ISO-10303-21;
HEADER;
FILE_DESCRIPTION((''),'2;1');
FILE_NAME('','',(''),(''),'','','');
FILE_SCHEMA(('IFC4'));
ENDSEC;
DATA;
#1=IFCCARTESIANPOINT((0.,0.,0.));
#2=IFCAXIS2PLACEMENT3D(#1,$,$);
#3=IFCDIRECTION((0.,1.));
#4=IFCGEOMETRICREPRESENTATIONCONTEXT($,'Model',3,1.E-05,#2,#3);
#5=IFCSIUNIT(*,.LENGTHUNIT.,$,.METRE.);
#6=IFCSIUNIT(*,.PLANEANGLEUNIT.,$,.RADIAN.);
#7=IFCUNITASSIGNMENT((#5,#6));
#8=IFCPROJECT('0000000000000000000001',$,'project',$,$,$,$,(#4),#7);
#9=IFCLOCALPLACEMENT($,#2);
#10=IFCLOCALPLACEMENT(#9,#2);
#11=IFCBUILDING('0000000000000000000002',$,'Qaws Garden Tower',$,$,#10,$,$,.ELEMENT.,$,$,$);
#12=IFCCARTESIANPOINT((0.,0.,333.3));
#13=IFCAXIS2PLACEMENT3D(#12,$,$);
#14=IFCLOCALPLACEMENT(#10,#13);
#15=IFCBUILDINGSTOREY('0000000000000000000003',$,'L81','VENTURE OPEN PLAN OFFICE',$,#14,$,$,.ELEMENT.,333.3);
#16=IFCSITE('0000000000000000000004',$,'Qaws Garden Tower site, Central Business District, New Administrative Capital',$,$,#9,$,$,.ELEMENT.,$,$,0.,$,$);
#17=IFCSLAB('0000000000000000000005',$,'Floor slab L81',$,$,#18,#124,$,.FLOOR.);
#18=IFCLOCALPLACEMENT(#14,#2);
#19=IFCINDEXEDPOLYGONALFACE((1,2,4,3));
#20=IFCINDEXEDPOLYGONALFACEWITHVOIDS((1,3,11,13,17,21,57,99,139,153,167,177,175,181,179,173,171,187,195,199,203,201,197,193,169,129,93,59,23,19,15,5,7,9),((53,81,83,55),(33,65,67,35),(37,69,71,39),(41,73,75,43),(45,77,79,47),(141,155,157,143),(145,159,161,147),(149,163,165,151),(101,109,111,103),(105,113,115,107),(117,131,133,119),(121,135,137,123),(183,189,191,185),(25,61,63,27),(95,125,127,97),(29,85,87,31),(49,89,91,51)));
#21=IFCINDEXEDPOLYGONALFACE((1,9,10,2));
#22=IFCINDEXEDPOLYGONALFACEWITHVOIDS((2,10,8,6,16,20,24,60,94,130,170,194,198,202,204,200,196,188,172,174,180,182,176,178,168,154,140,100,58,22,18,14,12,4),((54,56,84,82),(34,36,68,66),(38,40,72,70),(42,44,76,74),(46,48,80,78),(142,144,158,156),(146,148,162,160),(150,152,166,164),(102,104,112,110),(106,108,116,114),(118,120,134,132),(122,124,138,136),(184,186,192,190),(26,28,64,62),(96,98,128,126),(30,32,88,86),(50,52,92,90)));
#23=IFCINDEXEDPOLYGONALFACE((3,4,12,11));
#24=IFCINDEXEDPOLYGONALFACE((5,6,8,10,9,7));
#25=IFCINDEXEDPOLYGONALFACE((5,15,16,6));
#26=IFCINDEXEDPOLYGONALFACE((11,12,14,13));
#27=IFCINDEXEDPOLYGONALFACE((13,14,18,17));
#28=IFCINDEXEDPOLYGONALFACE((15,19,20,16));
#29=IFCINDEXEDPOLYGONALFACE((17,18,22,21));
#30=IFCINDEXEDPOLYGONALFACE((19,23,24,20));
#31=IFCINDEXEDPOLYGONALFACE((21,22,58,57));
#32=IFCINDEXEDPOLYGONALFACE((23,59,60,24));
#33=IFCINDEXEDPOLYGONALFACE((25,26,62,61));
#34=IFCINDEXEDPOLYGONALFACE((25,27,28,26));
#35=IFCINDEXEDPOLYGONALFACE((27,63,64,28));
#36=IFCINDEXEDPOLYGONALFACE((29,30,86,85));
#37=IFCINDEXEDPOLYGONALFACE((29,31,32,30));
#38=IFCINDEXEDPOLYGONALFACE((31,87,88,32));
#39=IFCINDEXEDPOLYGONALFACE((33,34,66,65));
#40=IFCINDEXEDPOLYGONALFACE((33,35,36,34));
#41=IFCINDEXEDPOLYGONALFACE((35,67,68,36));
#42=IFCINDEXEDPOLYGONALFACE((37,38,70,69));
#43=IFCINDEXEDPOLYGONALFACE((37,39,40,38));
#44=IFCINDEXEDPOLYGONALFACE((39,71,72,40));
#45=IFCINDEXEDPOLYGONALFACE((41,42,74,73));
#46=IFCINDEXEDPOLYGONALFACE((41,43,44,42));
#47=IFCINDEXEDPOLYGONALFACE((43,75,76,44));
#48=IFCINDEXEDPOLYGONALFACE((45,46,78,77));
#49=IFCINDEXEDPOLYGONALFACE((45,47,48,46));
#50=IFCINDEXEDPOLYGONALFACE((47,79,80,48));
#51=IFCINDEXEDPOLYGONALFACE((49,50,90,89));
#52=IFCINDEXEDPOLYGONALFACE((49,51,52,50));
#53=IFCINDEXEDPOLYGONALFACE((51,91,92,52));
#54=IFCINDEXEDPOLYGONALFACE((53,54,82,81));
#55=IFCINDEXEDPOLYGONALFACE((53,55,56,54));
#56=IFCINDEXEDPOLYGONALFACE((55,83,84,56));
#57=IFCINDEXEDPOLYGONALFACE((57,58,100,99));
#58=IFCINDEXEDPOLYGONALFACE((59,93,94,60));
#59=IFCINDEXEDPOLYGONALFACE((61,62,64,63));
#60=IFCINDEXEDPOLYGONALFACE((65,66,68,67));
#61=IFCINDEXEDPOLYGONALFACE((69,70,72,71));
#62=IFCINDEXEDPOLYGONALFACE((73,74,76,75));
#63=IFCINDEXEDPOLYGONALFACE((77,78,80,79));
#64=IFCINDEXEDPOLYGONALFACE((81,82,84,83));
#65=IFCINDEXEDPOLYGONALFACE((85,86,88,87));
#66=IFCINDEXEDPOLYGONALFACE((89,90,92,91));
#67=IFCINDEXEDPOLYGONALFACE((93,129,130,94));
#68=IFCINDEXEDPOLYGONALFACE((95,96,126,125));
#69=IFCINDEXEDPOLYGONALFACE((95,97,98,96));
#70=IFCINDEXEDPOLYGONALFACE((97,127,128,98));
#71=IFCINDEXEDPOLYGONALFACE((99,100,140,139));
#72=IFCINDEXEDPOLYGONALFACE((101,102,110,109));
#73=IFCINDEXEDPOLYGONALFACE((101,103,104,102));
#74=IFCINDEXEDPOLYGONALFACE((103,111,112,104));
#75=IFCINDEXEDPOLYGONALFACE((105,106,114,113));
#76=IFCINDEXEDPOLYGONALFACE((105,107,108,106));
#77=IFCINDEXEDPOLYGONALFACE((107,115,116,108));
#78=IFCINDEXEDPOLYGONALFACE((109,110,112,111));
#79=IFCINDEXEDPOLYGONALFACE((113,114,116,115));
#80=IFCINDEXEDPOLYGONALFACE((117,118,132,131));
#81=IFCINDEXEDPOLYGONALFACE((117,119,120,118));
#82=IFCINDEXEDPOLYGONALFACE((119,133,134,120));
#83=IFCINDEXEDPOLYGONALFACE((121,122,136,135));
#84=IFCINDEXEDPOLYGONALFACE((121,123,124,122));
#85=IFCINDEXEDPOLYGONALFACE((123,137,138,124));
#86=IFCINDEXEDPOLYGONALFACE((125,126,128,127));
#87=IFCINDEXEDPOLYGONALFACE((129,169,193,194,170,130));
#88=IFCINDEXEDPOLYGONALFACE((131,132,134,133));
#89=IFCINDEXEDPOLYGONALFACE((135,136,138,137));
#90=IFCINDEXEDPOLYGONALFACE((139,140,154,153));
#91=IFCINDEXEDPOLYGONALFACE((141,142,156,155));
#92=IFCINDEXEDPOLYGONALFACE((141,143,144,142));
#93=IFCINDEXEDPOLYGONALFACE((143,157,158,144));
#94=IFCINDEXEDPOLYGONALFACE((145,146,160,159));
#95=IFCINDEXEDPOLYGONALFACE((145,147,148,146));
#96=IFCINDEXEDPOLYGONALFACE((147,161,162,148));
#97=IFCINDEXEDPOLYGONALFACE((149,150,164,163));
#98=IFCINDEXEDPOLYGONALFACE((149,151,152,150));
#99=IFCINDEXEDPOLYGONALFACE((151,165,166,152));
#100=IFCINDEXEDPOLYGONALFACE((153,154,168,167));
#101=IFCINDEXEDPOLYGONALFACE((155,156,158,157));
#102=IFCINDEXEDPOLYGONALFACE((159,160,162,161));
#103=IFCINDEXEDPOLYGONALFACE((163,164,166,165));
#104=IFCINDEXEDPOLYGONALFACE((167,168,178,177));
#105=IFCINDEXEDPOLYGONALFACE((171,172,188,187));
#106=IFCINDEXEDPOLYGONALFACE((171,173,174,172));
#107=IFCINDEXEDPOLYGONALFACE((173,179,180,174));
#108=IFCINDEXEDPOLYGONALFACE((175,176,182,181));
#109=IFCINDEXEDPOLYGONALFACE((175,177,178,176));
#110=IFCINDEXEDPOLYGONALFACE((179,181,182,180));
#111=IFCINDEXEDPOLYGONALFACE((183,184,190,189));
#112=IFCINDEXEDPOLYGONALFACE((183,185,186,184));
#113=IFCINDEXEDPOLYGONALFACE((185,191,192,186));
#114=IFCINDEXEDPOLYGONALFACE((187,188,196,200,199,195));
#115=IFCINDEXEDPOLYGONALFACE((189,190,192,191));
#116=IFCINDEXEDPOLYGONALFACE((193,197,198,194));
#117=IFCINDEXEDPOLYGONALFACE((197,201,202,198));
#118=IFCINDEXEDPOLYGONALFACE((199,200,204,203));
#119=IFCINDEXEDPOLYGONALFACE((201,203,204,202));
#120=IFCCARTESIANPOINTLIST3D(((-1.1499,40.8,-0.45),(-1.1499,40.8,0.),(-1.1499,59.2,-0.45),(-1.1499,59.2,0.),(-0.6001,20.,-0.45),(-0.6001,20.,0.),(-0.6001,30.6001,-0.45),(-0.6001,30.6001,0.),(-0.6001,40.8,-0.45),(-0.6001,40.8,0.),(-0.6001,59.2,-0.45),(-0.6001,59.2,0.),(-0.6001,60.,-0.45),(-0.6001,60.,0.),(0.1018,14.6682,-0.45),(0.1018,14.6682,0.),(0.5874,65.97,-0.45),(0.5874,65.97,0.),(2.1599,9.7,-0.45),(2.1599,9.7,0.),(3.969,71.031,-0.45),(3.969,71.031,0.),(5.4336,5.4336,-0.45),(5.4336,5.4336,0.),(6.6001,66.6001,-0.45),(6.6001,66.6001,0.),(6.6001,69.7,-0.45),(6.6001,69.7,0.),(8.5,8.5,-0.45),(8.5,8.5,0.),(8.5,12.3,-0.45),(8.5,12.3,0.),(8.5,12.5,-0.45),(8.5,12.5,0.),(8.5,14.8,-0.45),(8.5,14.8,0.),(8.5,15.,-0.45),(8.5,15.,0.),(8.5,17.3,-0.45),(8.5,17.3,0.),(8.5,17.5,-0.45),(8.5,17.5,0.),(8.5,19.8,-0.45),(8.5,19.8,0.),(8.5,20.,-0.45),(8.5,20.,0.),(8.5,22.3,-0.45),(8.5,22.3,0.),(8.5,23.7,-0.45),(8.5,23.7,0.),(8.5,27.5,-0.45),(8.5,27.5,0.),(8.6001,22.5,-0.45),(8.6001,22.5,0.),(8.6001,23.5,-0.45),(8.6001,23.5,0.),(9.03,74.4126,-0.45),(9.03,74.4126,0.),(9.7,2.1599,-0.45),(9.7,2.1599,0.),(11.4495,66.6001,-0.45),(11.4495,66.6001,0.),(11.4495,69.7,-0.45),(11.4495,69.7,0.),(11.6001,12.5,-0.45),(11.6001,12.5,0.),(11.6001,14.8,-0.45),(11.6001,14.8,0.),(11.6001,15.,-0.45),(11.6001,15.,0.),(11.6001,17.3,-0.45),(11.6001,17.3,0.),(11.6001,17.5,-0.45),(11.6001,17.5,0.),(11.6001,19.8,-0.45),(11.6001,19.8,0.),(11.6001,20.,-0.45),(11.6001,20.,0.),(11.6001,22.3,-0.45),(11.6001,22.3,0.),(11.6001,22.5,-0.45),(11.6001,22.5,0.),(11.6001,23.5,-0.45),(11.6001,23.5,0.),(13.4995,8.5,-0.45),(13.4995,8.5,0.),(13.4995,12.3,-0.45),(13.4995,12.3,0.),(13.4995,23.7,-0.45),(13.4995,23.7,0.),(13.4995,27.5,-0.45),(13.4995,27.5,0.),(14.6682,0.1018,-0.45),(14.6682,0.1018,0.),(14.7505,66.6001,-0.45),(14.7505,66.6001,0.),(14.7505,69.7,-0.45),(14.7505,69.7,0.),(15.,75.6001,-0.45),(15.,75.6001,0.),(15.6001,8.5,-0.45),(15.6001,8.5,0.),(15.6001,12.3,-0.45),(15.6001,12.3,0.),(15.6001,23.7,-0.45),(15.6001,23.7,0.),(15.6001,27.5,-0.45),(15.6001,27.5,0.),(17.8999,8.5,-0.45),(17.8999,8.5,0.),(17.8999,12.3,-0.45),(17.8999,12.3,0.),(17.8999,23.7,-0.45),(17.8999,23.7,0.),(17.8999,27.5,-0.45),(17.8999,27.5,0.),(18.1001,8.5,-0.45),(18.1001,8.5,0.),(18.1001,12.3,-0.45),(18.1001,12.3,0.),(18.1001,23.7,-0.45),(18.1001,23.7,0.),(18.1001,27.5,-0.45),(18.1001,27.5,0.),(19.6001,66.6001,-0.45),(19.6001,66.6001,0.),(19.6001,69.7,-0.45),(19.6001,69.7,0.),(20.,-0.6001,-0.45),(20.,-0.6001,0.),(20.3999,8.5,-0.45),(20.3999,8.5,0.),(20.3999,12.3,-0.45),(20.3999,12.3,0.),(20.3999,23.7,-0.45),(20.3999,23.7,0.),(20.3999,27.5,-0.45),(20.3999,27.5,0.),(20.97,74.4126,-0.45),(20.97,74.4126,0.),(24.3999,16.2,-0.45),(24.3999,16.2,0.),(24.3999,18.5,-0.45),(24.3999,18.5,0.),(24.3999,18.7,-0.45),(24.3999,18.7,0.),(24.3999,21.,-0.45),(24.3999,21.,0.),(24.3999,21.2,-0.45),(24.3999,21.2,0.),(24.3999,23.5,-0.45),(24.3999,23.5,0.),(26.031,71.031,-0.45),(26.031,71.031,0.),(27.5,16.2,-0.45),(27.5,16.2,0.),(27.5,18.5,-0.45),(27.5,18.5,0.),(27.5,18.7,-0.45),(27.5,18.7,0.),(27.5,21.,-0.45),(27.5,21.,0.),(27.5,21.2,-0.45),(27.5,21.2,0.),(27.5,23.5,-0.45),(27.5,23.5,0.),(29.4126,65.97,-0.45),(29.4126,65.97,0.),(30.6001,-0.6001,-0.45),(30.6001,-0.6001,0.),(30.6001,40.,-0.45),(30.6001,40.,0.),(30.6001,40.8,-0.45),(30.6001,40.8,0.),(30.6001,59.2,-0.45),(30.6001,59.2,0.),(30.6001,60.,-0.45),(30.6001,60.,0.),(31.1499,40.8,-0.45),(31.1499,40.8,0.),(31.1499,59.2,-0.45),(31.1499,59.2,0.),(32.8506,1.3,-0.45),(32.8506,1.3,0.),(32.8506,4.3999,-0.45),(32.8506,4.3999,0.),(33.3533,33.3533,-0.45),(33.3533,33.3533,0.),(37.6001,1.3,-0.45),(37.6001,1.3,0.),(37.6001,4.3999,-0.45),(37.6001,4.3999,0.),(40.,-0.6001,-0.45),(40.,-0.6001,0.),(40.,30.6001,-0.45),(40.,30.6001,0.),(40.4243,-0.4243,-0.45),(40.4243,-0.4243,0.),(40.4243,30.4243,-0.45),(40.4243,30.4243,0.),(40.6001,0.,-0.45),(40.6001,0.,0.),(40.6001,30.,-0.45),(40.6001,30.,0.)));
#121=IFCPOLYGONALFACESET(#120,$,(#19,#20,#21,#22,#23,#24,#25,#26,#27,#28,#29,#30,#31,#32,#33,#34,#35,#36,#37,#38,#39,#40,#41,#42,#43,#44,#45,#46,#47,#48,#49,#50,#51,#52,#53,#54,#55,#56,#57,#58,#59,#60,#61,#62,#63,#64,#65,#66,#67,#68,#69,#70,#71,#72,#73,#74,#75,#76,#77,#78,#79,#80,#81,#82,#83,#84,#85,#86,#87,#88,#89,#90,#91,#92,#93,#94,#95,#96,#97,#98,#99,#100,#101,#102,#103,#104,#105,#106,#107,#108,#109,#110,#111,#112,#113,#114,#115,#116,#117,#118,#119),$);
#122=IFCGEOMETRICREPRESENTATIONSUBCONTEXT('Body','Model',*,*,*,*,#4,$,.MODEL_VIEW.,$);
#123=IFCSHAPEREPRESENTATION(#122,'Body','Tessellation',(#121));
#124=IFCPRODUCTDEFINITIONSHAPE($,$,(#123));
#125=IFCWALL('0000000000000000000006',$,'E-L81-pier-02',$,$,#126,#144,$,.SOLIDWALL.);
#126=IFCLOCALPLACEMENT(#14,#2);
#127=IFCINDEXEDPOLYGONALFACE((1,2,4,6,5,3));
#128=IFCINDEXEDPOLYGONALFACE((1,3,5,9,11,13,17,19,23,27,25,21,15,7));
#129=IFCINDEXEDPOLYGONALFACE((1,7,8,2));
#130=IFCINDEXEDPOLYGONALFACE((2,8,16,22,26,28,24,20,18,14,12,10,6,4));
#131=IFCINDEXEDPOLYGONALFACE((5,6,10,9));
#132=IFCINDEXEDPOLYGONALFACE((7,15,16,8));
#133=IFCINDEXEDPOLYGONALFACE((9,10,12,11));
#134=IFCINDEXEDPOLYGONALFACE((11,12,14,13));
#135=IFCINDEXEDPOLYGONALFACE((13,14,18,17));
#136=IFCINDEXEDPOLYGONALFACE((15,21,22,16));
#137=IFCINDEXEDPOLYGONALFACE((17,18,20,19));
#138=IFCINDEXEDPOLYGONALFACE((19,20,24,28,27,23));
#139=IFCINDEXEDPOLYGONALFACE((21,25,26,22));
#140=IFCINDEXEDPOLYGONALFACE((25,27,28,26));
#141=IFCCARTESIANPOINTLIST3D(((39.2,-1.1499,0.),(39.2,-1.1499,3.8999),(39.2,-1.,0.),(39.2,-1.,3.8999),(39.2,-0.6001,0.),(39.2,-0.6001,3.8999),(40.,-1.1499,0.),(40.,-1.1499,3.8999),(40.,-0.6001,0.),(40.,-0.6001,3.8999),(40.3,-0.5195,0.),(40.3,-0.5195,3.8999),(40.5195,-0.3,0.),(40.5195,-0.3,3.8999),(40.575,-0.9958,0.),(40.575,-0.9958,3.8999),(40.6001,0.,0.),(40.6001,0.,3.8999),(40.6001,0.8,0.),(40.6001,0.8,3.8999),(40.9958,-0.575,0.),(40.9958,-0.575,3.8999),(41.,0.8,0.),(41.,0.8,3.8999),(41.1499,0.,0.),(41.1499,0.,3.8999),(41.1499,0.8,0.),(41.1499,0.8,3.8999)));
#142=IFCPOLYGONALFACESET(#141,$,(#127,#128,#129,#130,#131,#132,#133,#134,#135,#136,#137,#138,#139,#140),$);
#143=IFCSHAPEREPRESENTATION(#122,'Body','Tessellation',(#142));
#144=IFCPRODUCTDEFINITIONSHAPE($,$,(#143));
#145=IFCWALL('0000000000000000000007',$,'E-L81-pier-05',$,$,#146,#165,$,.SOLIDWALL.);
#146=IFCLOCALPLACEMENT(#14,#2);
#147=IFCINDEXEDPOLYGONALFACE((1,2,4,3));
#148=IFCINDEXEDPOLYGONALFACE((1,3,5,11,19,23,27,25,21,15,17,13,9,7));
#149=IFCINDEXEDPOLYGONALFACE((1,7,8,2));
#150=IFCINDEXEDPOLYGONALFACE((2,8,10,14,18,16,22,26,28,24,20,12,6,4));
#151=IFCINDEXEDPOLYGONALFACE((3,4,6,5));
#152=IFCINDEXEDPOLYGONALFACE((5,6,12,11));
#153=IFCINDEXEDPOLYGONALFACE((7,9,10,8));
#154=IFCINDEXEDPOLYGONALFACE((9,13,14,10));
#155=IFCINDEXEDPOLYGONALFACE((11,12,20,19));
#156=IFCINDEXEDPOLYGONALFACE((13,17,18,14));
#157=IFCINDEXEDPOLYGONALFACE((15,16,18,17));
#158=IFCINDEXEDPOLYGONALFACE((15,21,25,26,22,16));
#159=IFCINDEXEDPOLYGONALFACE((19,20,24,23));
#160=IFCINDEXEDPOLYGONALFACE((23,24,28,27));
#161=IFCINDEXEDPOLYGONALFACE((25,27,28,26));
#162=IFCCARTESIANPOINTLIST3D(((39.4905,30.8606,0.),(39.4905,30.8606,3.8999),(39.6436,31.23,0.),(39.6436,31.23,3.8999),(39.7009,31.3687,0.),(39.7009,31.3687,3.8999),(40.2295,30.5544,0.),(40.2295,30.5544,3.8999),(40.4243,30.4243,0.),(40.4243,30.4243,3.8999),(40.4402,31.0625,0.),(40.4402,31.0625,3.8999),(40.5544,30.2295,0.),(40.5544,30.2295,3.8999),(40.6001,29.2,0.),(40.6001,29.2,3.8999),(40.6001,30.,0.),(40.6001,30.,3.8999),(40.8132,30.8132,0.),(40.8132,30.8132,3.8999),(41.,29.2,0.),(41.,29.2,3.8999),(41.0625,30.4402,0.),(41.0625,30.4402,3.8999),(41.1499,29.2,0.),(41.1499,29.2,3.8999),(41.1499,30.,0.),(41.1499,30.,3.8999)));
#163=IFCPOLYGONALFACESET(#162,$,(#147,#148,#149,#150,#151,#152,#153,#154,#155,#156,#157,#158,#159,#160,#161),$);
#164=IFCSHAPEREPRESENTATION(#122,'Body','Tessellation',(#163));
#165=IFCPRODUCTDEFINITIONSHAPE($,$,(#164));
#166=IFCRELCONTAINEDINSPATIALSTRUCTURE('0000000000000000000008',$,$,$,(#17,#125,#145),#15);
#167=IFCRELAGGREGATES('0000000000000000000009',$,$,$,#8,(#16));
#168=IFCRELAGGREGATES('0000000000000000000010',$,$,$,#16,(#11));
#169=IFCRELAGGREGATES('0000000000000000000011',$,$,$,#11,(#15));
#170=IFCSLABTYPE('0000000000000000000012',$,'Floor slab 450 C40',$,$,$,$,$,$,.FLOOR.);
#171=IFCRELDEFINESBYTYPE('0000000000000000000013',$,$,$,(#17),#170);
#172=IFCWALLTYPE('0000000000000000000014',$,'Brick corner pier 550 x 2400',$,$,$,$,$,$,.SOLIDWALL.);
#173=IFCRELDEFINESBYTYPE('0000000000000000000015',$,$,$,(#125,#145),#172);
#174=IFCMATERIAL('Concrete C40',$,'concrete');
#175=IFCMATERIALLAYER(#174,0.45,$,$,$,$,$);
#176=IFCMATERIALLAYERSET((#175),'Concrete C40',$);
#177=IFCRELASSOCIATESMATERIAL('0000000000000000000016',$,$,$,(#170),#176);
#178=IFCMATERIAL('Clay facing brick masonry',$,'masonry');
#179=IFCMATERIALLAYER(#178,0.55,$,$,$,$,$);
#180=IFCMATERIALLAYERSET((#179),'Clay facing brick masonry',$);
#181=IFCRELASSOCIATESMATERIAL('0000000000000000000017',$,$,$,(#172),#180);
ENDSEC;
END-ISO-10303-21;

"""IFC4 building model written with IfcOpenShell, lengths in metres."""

from ifc_helpers import new_model, si_unit, direction, frame, origin, place, context, subcontext, project, spatial, polyline, outline, extrude, material, layer, layer_set, type_object, element, save


model = new_model("IFC4")

# Units and contexts
model_context = context("Model", 3, precision=1e-05, world=origin(), true_north=direction((0.0, 1.0)))
body_context = subcontext(model_context, "Body", "Model", "MODEL_VIEW")
ifc_project = project(units=[si_unit("LENGTHUNIT", "METRE"), si_unit("PLANEANGLEUNIT", "RADIAN")], contexts=[model_context])

# Site, building, storey
site_placement = place(None, origin())
site = spatial("IfcSite", under=ifc_project, at=site_placement, Name="Qaws Garden Tower site, Central Business District, New Administrative Capital", CompositionType="ELEMENT", RefElevation=0.0)
building_placement = place(site_placement, origin())
building = spatial("IfcBuilding", under=site, at=building_placement, Name="Qaws Garden Tower", CompositionType="ELEMENT")
storey_placement = place(building_placement, frame((0.0, 0.0, 333.3)))
storey = spatial("IfcBuildingStorey", under=building, at=storey_placement, Name="L81", Description="VENTURE OPEN PLAN OFFICE", CompositionType="ELEMENT", Elevation=333.3)

# Slab
ifc_material_1 = material(Name="Concrete C40", Category="concrete")
ifc_layer_1 = layer(ifc_material_1, 0.45)
ifc_layer_set_1 = layer_set([ifc_layer_1], Name="Concrete C40")
slab_type = type_object("IfcSlabType", Name="Floor slab 450 C40", PredefinedType="FLOOR", material=ifc_layer_set_1)
slab_placement = place(storey_placement, frame((0.0, 0.0, -0.45)))
element("IfcSlab", 1, at=slab_placement, inside=storey, type_object=slab_type, Name="Floor slab L81", PredefinedType="FLOOR", context=body_context, shape_type="SweptSolid", body=[
    extrude(outline(polyline([(-0.6001, 20.0), (-0.6001, 30.6001), (-0.6001, 40.8), (-1.1499, 40.8), (-1.1499, 59.2), (-0.6001, 59.2), (-0.6001, 60.0), (-0.6001, 60.0), (0.5874, 65.97), (3.969, 71.031), (9.03, 74.4126), (15.0, 75.6001), (20.97, 74.4126), (26.031, 71.031), (29.4126, 65.97), (30.6001, 60.0), (30.6001, 59.2), (31.1499, 59.2), (31.1499, 40.8), (30.6001, 40.8), (30.6001, 40.0), (33.3533, 33.3533), (40.0, 30.6001), (40.4243, 30.4243), (40.6001, 30.0), (40.6001, 0.0), (40.4243, -0.4243), (40.0, -0.6001), (30.6001, -0.6001), (20.0, -0.6001), (14.6682, 0.1018), (9.7, 2.1599), (5.4336, 5.4336), (2.1599, 9.7), (0.1018, 14.6682), (-0.6001, 20.0)]), holes=[polyline([(13.4995, 12.3), (8.5, 12.3), (8.5, 8.5), (13.4995, 8.5), (13.4995, 12.3)]), polyline([(17.8999, 12.3), (15.6001, 12.3), (15.6001, 8.5), (17.8999, 8.5), (17.8999, 12.3)]), polyline([(11.6001, 14.8), (8.5, 14.8), (8.5, 12.5), (11.6001, 12.5), (11.6001, 14.8)]), polyline([(11.6001, 17.3), (8.5, 17.3), (8.5, 15.0), (11.6001, 15.0), (11.6001, 17.3)]), polyline([(11.6001, 19.8), (8.5, 19.8), (8.5, 17.5), (11.6001, 17.5), (11.6001, 19.8)]), polyline([(11.6001, 22.3), (8.5, 22.3), (8.5, 20.0), (11.6001, 20.0), (11.6001, 22.3)]), polyline([(11.6001, 23.5), (8.6001, 23.5), (8.6001, 22.5), (11.6001, 22.5), (11.6001, 23.5)]), polyline([(13.4995, 27.5), (8.5, 27.5), (8.5, 23.7), (13.4995, 23.7), (13.4995, 27.5)]), polyline([(11.4495, 69.7), (6.6001, 69.7), (6.6001, 66.6001), (11.4495, 66.6001), (11.4495, 69.7)]), polyline([(37.6001, 4.3999), (32.8506, 4.3999), (32.8506, 1.3), (37.6001, 1.3), (37.6001, 4.3999)]), polyline([(20.3999, 12.3), (18.1001, 12.3), (18.1001, 8.5), (20.3999, 8.5), (20.3999, 12.3)]), polyline([(27.5, 18.5), (24.3999, 18.5), (24.3999, 16.2), (27.5, 16.2), (27.5, 18.5)]), polyline([(27.5, 21.0), (24.3999, 21.0), (24.3999, 18.7), (27.5, 18.7), (27.5, 21.0)]), polyline([(27.5, 23.5), (24.3999, 23.5), (24.3999, 21.2), (27.5, 21.2), (27.5, 23.5)]), polyline([(17.8999, 27.5), (15.6001, 27.5), (15.6001, 23.7), (17.8999, 23.7), (17.8999, 27.5)]), polyline([(20.3999, 23.7), (20.3999, 27.5), (18.1001, 27.5), (18.1001, 23.7), (20.3999, 23.7)]), polyline([(19.6001, 66.6001), (19.6001, 69.7), (14.7505, 69.7), (14.7505, 66.6001), (19.6001, 66.6001)])]), origin(), (0.0, 0.0, 1.0), 0.45),
])

# Walls
ifc_material_2 = material(Name="Clay facing brick masonry", Category="masonry")
ifc_layer_2 = layer(ifc_material_2, 0.55)
ifc_layer_set_2 = layer_set([ifc_layer_2], Name="Clay facing brick masonry")
wall_type_1 = type_object("IfcWallType", Name="Brick corner pier 550 x 2400", PredefinedType="SOLIDWALL", material=ifc_layer_set_2)
placement = place(storey_placement, origin())
element("IfcWall", 2, at=placement, inside=storey, type_object=wall_type_1, Name="E-L81-pier-02", PredefinedType="SOLIDWALL", context=body_context, shape_type="SweptSolid", body=[
    extrude(outline(polyline([(39.2, -1.0), (39.2, -1.1499), (40.0, -1.1499), (40.575, -0.9958), (40.9958, -0.575), (41.1499, 0.0), (41.1499, 0.8), (41.0, 0.8), (40.6001, 0.8), (40.6001, 0.0), (40.5195, -0.3), (40.3, -0.5195), (40.0, -0.6001), (39.2, -0.6001), (39.2, -1.0)])), origin(), (0.0, 0.0, 1.0), 3.8999),
])
element("IfcWall", 3, at=placement, inside=storey, type_object=wall_type_1, Name="E-L81-pier-05", PredefinedType="SOLIDWALL", context=body_context, shape_type="SweptSolid", body=[
    extrude(outline(polyline([(41.0, 29.2), (41.1499, 29.2), (41.1499, 30.0), (41.0625, 30.4402), (40.8132, 30.8132), (40.4402, 31.0625), (39.7009, 31.3687), (39.6436, 31.23), (39.4905, 30.8606), (40.2295, 30.5544), (40.4243, 30.4243), (40.5544, 30.2295), (40.6001, 30.0), (40.6001, 29.2), (41.0, 29.2)])), origin(), (0.0, 0.0, 1.0), 3.8999),
])

save(model, "model.ifc")
